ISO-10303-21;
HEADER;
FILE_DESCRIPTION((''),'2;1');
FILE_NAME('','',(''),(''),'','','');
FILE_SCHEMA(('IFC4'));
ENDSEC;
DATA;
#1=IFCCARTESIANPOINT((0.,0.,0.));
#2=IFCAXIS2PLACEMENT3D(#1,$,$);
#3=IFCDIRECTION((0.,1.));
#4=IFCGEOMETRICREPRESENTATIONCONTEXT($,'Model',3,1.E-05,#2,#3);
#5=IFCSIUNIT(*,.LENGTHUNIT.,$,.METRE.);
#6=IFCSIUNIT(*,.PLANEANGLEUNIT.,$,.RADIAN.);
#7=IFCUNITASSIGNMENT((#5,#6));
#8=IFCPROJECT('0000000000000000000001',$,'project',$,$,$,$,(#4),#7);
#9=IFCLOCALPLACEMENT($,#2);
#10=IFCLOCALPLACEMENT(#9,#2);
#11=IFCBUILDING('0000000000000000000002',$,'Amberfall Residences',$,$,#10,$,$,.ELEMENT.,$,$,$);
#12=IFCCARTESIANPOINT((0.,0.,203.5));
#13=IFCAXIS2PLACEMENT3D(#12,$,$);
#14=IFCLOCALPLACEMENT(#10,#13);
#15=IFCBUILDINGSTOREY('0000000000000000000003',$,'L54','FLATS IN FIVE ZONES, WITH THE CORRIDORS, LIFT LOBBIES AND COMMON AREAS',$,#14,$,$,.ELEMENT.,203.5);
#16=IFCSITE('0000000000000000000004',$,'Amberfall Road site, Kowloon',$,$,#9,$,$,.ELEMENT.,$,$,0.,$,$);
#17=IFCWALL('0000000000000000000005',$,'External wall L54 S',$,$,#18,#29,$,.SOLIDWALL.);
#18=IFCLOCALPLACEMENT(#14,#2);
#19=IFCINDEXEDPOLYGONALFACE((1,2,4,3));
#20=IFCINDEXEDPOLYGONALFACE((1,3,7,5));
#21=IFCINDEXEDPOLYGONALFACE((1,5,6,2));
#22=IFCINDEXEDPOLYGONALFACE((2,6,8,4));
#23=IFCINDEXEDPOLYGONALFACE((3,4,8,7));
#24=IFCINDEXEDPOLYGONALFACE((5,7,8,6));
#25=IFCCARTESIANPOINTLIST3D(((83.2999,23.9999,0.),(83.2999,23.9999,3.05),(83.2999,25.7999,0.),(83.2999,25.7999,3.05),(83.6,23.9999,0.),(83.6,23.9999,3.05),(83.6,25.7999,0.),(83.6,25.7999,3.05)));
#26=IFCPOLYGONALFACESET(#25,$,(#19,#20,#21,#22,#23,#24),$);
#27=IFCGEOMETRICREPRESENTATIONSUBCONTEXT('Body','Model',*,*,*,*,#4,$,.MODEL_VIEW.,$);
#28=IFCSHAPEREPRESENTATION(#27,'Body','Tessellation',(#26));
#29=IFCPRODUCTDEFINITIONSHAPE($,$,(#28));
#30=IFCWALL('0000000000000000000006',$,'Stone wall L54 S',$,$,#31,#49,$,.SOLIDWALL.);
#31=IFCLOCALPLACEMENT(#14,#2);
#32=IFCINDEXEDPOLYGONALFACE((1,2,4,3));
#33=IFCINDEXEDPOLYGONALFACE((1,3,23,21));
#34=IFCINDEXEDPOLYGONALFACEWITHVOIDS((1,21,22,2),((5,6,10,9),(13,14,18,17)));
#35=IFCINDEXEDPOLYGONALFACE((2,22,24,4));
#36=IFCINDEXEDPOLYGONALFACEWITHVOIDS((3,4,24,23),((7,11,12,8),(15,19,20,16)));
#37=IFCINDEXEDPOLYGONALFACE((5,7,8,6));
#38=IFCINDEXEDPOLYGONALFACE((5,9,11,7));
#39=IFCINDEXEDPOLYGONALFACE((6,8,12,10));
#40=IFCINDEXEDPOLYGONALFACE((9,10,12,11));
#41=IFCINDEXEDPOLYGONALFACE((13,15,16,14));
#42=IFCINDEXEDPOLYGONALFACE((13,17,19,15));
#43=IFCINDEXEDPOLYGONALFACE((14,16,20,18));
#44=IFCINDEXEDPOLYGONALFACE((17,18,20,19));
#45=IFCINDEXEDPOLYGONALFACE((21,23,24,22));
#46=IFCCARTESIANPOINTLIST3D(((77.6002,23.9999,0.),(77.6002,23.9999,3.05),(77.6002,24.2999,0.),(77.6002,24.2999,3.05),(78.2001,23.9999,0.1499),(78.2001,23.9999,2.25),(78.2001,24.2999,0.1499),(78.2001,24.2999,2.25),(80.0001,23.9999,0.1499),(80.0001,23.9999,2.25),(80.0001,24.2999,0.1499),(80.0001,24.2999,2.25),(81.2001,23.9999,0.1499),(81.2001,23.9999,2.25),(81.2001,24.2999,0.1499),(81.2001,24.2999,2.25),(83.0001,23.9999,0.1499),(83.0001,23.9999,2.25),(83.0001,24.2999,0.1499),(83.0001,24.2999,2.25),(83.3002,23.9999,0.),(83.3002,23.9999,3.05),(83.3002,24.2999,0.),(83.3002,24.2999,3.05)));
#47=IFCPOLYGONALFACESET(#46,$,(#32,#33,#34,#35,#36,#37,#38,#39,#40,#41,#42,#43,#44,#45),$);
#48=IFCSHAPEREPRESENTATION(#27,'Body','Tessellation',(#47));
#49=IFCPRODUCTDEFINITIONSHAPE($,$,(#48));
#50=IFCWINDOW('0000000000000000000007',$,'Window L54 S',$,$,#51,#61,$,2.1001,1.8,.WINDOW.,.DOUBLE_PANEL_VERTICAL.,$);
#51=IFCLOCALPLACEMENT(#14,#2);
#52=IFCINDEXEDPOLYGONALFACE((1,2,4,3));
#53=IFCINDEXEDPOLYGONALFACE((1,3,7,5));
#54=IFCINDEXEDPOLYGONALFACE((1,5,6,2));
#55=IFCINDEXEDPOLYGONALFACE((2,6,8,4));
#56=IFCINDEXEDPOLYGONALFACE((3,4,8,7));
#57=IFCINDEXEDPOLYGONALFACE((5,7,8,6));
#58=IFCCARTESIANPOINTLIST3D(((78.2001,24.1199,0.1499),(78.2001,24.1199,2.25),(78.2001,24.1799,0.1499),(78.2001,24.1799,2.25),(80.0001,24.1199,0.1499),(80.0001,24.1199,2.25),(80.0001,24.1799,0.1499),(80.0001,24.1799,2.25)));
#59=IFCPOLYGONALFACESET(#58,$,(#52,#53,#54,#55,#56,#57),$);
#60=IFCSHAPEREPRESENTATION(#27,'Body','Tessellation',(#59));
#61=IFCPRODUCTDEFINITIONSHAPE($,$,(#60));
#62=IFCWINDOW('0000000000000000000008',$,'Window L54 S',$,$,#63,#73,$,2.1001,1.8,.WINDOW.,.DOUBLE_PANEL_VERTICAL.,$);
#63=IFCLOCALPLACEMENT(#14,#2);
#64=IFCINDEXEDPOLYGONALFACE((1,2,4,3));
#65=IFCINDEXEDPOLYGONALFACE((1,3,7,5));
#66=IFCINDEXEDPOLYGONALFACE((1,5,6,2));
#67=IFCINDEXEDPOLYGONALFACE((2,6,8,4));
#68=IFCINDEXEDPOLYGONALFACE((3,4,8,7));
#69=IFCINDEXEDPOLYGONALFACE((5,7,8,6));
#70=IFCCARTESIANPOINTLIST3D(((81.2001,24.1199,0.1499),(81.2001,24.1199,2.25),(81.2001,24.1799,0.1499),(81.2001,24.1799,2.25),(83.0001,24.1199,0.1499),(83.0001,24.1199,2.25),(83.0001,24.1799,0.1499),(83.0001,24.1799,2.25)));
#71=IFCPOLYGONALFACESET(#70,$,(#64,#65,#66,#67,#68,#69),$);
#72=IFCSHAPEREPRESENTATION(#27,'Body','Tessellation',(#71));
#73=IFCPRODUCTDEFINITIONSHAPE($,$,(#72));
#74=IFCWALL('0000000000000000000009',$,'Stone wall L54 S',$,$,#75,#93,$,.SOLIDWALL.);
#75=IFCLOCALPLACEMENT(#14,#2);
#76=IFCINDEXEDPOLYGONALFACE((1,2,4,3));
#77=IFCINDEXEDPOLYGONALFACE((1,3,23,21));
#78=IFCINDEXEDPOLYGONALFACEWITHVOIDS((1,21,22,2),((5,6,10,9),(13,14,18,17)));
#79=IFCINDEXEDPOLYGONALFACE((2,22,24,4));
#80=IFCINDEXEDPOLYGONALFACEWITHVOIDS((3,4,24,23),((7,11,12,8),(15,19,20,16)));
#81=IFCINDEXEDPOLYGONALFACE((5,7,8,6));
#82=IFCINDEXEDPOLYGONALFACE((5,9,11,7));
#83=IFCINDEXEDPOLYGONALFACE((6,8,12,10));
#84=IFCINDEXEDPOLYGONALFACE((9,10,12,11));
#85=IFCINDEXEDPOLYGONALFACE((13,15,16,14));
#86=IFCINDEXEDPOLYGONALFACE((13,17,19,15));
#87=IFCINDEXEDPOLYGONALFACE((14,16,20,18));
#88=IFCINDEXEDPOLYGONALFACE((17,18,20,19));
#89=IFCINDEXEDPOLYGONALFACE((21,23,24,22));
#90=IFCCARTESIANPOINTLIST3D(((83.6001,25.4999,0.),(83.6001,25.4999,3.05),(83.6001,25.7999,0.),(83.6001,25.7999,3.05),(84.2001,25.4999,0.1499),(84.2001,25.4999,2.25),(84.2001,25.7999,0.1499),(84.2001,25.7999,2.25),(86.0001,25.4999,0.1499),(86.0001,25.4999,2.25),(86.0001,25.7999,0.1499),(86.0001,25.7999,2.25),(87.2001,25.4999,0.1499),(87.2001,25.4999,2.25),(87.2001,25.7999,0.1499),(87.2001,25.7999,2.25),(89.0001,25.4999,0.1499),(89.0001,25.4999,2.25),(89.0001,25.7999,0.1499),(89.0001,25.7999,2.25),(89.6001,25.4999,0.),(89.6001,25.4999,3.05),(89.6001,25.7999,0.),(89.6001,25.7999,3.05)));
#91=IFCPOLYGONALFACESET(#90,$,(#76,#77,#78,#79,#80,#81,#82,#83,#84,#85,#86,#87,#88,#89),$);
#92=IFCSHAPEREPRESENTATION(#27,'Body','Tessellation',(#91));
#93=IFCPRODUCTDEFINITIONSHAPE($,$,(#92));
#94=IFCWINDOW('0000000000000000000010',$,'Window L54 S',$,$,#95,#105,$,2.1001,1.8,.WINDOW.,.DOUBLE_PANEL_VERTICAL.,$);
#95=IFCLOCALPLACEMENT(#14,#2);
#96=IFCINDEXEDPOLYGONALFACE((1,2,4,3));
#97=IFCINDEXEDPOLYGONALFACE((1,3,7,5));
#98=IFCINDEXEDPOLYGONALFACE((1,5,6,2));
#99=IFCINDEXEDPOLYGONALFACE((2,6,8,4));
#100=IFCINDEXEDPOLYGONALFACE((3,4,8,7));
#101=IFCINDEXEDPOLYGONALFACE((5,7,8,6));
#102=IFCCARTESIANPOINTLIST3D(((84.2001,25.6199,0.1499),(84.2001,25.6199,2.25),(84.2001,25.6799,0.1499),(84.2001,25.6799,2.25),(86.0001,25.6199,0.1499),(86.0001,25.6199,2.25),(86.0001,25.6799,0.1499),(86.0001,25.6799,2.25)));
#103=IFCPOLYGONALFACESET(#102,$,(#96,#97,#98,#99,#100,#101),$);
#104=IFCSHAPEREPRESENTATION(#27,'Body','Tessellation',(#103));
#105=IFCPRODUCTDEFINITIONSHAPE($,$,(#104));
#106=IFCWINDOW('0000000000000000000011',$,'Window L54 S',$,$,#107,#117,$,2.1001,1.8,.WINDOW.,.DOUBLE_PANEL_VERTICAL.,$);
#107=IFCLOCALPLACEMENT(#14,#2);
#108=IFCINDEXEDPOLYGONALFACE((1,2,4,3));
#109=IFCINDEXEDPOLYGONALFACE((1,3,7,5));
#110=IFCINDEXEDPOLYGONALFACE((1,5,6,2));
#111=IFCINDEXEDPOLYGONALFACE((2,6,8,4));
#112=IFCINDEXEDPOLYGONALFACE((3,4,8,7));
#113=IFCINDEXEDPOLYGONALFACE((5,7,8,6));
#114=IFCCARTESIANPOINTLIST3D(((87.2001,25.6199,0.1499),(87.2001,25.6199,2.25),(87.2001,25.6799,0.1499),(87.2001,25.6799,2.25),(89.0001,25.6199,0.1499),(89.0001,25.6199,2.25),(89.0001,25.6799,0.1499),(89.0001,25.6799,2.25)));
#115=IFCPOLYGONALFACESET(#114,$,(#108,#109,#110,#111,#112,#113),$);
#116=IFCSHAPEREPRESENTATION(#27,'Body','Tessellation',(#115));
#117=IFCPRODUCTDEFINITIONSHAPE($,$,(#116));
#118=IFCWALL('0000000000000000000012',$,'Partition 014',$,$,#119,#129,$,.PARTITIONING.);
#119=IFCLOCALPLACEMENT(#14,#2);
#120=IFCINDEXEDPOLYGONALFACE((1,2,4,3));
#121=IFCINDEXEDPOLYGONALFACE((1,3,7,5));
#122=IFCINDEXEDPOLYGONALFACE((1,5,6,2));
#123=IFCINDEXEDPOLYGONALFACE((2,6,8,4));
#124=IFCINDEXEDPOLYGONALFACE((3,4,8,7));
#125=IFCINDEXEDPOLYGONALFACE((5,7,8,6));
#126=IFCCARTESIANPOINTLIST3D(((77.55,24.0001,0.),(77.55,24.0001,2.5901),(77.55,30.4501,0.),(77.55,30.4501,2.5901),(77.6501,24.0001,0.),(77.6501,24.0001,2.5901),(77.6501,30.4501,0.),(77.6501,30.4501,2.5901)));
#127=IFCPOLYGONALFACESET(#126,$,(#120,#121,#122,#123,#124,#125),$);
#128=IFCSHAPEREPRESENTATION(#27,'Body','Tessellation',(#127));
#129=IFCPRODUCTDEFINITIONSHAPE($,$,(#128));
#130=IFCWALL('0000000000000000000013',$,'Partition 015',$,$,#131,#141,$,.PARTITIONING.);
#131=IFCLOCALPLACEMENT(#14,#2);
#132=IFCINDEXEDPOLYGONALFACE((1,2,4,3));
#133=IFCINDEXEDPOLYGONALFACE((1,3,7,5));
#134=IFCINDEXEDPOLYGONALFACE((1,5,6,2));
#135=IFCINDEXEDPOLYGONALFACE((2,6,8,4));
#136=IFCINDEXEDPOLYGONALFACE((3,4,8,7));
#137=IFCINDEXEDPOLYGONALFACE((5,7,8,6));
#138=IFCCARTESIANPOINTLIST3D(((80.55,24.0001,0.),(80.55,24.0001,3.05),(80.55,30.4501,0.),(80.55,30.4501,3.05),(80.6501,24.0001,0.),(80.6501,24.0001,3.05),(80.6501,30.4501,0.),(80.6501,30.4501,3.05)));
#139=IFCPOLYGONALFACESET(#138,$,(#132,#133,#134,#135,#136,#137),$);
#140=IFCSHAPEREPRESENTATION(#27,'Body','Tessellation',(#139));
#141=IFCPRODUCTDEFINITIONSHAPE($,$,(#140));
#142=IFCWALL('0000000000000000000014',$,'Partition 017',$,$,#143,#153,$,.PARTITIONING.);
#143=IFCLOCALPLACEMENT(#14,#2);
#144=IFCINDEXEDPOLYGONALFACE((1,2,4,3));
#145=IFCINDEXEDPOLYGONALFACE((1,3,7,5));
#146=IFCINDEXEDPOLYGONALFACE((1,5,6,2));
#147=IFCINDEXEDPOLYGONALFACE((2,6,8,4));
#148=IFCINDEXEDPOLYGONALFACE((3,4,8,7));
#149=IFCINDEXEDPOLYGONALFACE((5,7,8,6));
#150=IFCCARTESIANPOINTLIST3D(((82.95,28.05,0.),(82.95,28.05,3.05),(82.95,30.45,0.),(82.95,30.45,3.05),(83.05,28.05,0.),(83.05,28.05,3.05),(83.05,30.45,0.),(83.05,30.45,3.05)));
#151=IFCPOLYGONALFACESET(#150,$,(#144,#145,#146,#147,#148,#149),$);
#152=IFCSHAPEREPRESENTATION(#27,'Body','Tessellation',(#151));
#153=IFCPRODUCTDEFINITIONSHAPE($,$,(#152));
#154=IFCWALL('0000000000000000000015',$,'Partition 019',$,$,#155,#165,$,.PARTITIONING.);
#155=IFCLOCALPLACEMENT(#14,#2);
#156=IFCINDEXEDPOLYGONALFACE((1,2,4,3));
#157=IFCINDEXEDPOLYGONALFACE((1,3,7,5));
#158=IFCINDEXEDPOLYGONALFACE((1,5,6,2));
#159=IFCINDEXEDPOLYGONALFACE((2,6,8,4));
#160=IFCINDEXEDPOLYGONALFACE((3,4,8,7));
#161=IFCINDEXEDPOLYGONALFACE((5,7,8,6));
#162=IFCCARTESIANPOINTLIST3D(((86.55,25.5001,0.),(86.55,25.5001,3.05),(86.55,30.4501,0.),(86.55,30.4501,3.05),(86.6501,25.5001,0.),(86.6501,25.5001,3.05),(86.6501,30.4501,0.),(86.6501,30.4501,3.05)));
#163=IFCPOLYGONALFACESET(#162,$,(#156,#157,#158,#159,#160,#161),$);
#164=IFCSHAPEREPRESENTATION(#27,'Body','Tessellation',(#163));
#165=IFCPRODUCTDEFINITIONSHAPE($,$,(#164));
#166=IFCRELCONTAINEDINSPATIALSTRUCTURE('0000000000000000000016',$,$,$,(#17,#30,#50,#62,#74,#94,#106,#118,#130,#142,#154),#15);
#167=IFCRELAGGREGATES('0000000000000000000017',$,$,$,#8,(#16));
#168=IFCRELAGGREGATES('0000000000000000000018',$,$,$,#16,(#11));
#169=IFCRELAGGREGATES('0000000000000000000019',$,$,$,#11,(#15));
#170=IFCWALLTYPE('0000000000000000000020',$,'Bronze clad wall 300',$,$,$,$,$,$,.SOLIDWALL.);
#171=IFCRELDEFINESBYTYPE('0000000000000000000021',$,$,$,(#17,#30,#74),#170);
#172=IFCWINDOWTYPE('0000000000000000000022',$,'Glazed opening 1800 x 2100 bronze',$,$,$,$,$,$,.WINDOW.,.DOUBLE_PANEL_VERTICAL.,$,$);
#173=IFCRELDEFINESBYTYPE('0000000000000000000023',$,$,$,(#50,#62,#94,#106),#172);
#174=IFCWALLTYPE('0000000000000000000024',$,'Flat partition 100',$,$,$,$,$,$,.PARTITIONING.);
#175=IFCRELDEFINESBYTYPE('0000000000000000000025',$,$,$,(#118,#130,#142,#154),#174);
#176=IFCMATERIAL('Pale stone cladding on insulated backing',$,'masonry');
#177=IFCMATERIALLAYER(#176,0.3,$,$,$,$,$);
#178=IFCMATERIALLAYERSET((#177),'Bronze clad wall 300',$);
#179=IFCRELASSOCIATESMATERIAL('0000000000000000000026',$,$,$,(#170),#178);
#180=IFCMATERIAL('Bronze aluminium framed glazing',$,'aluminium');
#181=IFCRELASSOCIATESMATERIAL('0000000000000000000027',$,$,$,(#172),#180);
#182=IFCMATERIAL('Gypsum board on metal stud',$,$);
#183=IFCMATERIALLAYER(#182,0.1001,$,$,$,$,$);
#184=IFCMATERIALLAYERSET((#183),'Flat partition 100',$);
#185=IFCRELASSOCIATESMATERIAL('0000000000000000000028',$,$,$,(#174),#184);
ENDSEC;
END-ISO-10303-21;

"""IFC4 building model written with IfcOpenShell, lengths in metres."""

from ifc_helpers import new_model, si_unit, direction, frame, frame_2d, origin, place, context, subcontext, project, spatial, rectangle, extrude, material, layer, layer_set, type_object, element, fill, save


model = new_model("IFC4")

# Units and contexts
model_context = context("Model", 3, precision=1e-05, world=origin(), true_north=direction((0.0, 1.0)))
body_context = subcontext(model_context, "Body", "Model", "MODEL_VIEW")
ifc_project = project(units=[si_unit("LENGTHUNIT", "METRE"), si_unit("PLANEANGLEUNIT", "RADIAN")], contexts=[model_context])

# Site, building, storey
site_placement = place(None, origin())
site = spatial("IfcSite", under=ifc_project, at=site_placement, Name="Amberfall Road site, Kowloon", CompositionType="ELEMENT", RefElevation=0.0)
building_placement = place(site_placement, origin())
building = spatial("IfcBuilding", under=site, at=building_placement, Name="Amberfall Residences", CompositionType="ELEMENT")
storey_placement = place(building_placement, frame((0.0, 0.0, 203.5)))
storey = spatial("IfcBuildingStorey", under=building, at=storey_placement, Name="L54", Description="FLATS IN FIVE ZONES, WITH THE CORRIDORS, LIFT LOBBIES AND COMMON AREAS", CompositionType="ELEMENT", Elevation=203.5)

# Wall
ifc_material_1 = material(Name="Pale stone cladding on insulated backing", Category="masonry")
ifc_layer_1 = layer(ifc_material_1, 0.3)
ifc_layer_set_1 = layer_set([ifc_layer_1], Name="Bronze clad wall 300")
wall_type_1 = type_object("IfcWallType", Name="Bronze clad wall 300", PredefinedType="SOLIDWALL", material=ifc_layer_set_1)
for number, where, z_axis, x_axis, name in (
    (1, (83.45, 24.0, 0.0), (0.0, 0.0, 1.0), (0.0, 1.0, 0.0), "External wall L54 S"),
):
    element("IfcWall", number, at=place(storey_placement, frame(where, z_axis=z_axis, x_axis=x_axis)), inside=storey, type_object=wall_type_1, Name=name, PredefinedType="SOLIDWALL", context=body_context, shape_type="SweptSolid", body=[
        extrude(rectangle(XDim=1.8, YDim=0.3, at=frame_2d((0.8999, 0.0))), origin(), (0.0, 0.0, 1.0), 3.05),
    ])

# Walls, openings, windows
wall_1_placement = place(storey_placement, frame((77.6001, 24.1499, 0.0), z_axis=(0.0, 0.0, 1.0), x_axis=(1.0, 0.0, 0.0)))
wall_1 = element("IfcWall", 2, at=wall_1_placement, inside=storey, type_object=wall_type_1, Name="Stone wall L54 S", PredefinedType="SOLIDWALL", context=body_context, shape_type="SweptSolid", body=[
    extrude(rectangle(XDim=5.7, YDim=0.3, at=frame_2d((2.8501, 0.0))), origin(), (0.0, 0.0, 1.0), 3.05),
])
opening_1_placement = place(wall_1_placement, frame((0.6001, 0.0, 0.1499)))
opening_1 = element("IfcOpeningElement", 3, at=opening_1_placement, cuts=wall_1, PredefinedType="OPENING", context=body_context, shape_type="SweptSolid", body=[
    extrude(rectangle(XDim=1.8, YDim=2.1001, at=frame_2d((0.8999, 1.05))), frame((0.0, 0.1599, 0.0), z_axis=(0.0, -1.0, 0.0), x_axis=(1.0, 0.0, 0.0)), (0.0, 0.0, 1.0), 0.3201),
])
opening_2_placement = place(wall_1_placement, frame((3.6001, 0.0, 0.1499)))
opening_2 = element("IfcOpeningElement", 4, at=opening_2_placement, cuts=wall_1, PredefinedType="OPENING", context=body_context, shape_type="SweptSolid", body=[
    extrude(rectangle(XDim=1.8, YDim=2.1001, at=frame_2d((0.8999, 1.05))), frame((0.0, 0.1599, 0.0), z_axis=(0.0, -1.0, 0.0), x_axis=(1.0, 0.0, 0.0)), (0.0, 0.0, 1.0), 0.3201),
])
ifc_material_2 = material(Name="Bronze aluminium framed glazing", Category="aluminium")
window_type = type_object("IfcWindowType", Name="Glazed opening 1800 x 2100 bronze", PartitioningType="DOUBLE_PANEL_VERTICAL", PredefinedType="WINDOW", material=ifc_material_2)
window_1_placement = place(opening_1_placement, origin())
window_1 = element("IfcWindow", 5, at=window_1_placement, inside=storey, type_object=window_type, Name="Window L54 S", OverallHeight=2.1001, OverallWidth=1.8, PartitioningType="DOUBLE_PANEL_VERTICAL", PredefinedType="WINDOW", context=body_context, shape_type="SweptSolid", body=[
    extrude(rectangle(XDim=1.8, YDim=2.1001, at=frame_2d((0.8999, 1.05))), frame((0.0, 0.03, 0.0), z_axis=(0.0, -1.0, 0.0), x_axis=(1.0, 0.0, 0.0)), (0.0, 0.0, 1.0), 0.0601),
])
fill(opening_1, window_1)
window_2_placement = place(opening_2_placement, origin())
window_2 = element("IfcWindow", 6, at=window_2_placement, inside=storey, type_object=window_type, Name="Window L54 S", OverallHeight=2.1001, OverallWidth=1.8, PartitioningType="DOUBLE_PANEL_VERTICAL", PredefinedType="WINDOW", context=body_context, shape_type="SweptSolid", body=[
    extrude(rectangle(XDim=1.8, YDim=2.1001, at=frame_2d((0.8999, 1.05))), frame((0.0, 0.03, 0.0), z_axis=(0.0, -1.0, 0.0), x_axis=(1.0, 0.0, 0.0)), (0.0, 0.0, 1.0), 0.0601),
])
fill(opening_2, window_2)
wall_2_placement = place(storey_placement, frame((83.6001, 25.6499, 0.0), z_axis=(0.0, 0.0, 1.0), x_axis=(1.0, 0.0, 0.0)))
wall_2 = element("IfcWall", 7, at=wall_2_placement, inside=storey, type_object=wall_type_1, Name="Stone wall L54 S", PredefinedType="SOLIDWALL", context=body_context, shape_type="SweptSolid", body=[
    extrude(rectangle(XDim=6.0, YDim=0.3, at=frame_2d((3.0, 0.0))), origin(), (0.0, 0.0, 1.0), 3.05),
])
opening_3_placement = place(wall_2_placement, frame((0.6001, 0.0, 0.1499)))
opening_3 = element("IfcOpeningElement", 8, at=opening_3_placement, cuts=wall_2, PredefinedType="OPENING", context=body_context, shape_type="SweptSolid", body=[
    extrude(rectangle(XDim=1.8, YDim=2.1001, at=frame_2d((0.8999, 1.05))), frame((0.0, 0.1599, 0.0), z_axis=(0.0, -1.0, 0.0), x_axis=(1.0, 0.0, 0.0)), (0.0, 0.0, 1.0), 0.3201),
])
opening_4_placement = place(wall_2_placement, frame((3.6001, 0.0, 0.1499)))
opening_4 = element("IfcOpeningElement", 9, at=opening_4_placement, cuts=wall_2, PredefinedType="OPENING", context=body_context, shape_type="SweptSolid", body=[
    extrude(rectangle(XDim=1.8, YDim=2.1001, at=frame_2d((0.8999, 1.05))), frame((0.0, 0.1599, 0.0), z_axis=(0.0, -1.0, 0.0), x_axis=(1.0, 0.0, 0.0)), (0.0, 0.0, 1.0), 0.3201),
])
window_3_placement = place(opening_3_placement, origin())
window_3 = element("IfcWindow", 10, at=window_3_placement, inside=storey, type_object=window_type, Name="Window L54 S", OverallHeight=2.1001, OverallWidth=1.8, PartitioningType="DOUBLE_PANEL_VERTICAL", PredefinedType="WINDOW", context=body_context, shape_type="SweptSolid", body=[
    extrude(rectangle(XDim=1.8, YDim=2.1001, at=frame_2d((0.8999, 1.05))), frame((0.0, 0.03, 0.0), z_axis=(0.0, -1.0, 0.0), x_axis=(1.0, 0.0, 0.0)), (0.0, 0.0, 1.0), 0.0601),
])
fill(opening_3, window_3)
window_4_placement = place(opening_4_placement, origin())
window_4 = element("IfcWindow", 11, at=window_4_placement, inside=storey, type_object=window_type, Name="Window L54 S", OverallHeight=2.1001, OverallWidth=1.8, PartitioningType="DOUBLE_PANEL_VERTICAL", PredefinedType="WINDOW", context=body_context, shape_type="SweptSolid", body=[
    extrude(rectangle(XDim=1.8, YDim=2.1001, at=frame_2d((0.8999, 1.05))), frame((0.0, 0.03, 0.0), z_axis=(0.0, -1.0, 0.0), x_axis=(1.0, 0.0, 0.0)), (0.0, 0.0, 1.0), 0.0601),
])
fill(opening_4, window_4)

# Walls
ifc_material_3 = material(Name="Gypsum board on metal stud")
ifc_layer_2 = layer(ifc_material_3, 0.1001)
ifc_layer_set_2 = layer_set([ifc_layer_2], Name="Flat partition 100")
wall_type_2 = type_object("IfcWallType", Name="Flat partition 100", PredefinedType="PARTITIONING", material=ifc_layer_set_2)
wall_3_placement = place(storey_placement, frame((77.6001, 24.0, 0.0), z_axis=(0.0, 0.0, 1.0), x_axis=(0.0, 1.0, 0.0)))
element("IfcWall", 12, at=wall_3_placement, inside=storey, type_object=wall_type_2, Name="Partition 014", PredefinedType="PARTITIONING", context=body_context, shape_type="SweptSolid", body=[
    extrude(rectangle(XDim=6.45, YDim=0.1001, at=frame_2d((3.2251, 0.0))), origin(), (0.0, 0.0, 1.0), 2.5901),
])
wall_4_placement = place(storey_placement, frame((80.6001, 24.0, 0.0), z_axis=(0.0, 0.0, 1.0), x_axis=(0.0, 1.0, 0.0)))
element("IfcWall", 13, at=wall_4_placement, inside=storey, type_object=wall_type_2, Name="Partition 015", PredefinedType="PARTITIONING", context=body_context, shape_type="SweptSolid", body=[
    extrude(rectangle(XDim=6.45, YDim=0.1001, at=frame_2d((3.2251, 0.0))), origin(), (0.0, 0.0, 1.0), 3.05),
])
wall_5_placement = place(storey_placement, frame((83.0, 28.05, 0.0), z_axis=(0.0, 0.0, 1.0), x_axis=(0.0, 1.0, 0.0)))
element("IfcWall", 14, at=wall_5_placement, inside=storey, type_object=wall_type_2, Name="Partition 017", PredefinedType="PARTITIONING", context=body_context, shape_type="SweptSolid", body=[
    extrude(rectangle(XDim=2.3999, YDim=0.1001, at=frame_2d((1.2, 0.0))), origin(), (0.0, 0.0, 1.0), 3.05),
])
wall_6_placement = place(storey_placement, frame((86.6001, 25.5, 0.0), z_axis=(0.0, 0.0, 1.0), x_axis=(0.0, 1.0, 0.0)))
element("IfcWall", 15, at=wall_6_placement, inside=storey, type_object=wall_type_2, Name="Partition 019", PredefinedType="PARTITIONING", context=body_context, shape_type="SweptSolid", body=[
    extrude(rectangle(XDim=4.95, YDim=0.1001, at=frame_2d((2.4751, 0.0))), origin(), (0.0, 0.0, 1.0), 3.05),
])

save(model, "model.ifc")
